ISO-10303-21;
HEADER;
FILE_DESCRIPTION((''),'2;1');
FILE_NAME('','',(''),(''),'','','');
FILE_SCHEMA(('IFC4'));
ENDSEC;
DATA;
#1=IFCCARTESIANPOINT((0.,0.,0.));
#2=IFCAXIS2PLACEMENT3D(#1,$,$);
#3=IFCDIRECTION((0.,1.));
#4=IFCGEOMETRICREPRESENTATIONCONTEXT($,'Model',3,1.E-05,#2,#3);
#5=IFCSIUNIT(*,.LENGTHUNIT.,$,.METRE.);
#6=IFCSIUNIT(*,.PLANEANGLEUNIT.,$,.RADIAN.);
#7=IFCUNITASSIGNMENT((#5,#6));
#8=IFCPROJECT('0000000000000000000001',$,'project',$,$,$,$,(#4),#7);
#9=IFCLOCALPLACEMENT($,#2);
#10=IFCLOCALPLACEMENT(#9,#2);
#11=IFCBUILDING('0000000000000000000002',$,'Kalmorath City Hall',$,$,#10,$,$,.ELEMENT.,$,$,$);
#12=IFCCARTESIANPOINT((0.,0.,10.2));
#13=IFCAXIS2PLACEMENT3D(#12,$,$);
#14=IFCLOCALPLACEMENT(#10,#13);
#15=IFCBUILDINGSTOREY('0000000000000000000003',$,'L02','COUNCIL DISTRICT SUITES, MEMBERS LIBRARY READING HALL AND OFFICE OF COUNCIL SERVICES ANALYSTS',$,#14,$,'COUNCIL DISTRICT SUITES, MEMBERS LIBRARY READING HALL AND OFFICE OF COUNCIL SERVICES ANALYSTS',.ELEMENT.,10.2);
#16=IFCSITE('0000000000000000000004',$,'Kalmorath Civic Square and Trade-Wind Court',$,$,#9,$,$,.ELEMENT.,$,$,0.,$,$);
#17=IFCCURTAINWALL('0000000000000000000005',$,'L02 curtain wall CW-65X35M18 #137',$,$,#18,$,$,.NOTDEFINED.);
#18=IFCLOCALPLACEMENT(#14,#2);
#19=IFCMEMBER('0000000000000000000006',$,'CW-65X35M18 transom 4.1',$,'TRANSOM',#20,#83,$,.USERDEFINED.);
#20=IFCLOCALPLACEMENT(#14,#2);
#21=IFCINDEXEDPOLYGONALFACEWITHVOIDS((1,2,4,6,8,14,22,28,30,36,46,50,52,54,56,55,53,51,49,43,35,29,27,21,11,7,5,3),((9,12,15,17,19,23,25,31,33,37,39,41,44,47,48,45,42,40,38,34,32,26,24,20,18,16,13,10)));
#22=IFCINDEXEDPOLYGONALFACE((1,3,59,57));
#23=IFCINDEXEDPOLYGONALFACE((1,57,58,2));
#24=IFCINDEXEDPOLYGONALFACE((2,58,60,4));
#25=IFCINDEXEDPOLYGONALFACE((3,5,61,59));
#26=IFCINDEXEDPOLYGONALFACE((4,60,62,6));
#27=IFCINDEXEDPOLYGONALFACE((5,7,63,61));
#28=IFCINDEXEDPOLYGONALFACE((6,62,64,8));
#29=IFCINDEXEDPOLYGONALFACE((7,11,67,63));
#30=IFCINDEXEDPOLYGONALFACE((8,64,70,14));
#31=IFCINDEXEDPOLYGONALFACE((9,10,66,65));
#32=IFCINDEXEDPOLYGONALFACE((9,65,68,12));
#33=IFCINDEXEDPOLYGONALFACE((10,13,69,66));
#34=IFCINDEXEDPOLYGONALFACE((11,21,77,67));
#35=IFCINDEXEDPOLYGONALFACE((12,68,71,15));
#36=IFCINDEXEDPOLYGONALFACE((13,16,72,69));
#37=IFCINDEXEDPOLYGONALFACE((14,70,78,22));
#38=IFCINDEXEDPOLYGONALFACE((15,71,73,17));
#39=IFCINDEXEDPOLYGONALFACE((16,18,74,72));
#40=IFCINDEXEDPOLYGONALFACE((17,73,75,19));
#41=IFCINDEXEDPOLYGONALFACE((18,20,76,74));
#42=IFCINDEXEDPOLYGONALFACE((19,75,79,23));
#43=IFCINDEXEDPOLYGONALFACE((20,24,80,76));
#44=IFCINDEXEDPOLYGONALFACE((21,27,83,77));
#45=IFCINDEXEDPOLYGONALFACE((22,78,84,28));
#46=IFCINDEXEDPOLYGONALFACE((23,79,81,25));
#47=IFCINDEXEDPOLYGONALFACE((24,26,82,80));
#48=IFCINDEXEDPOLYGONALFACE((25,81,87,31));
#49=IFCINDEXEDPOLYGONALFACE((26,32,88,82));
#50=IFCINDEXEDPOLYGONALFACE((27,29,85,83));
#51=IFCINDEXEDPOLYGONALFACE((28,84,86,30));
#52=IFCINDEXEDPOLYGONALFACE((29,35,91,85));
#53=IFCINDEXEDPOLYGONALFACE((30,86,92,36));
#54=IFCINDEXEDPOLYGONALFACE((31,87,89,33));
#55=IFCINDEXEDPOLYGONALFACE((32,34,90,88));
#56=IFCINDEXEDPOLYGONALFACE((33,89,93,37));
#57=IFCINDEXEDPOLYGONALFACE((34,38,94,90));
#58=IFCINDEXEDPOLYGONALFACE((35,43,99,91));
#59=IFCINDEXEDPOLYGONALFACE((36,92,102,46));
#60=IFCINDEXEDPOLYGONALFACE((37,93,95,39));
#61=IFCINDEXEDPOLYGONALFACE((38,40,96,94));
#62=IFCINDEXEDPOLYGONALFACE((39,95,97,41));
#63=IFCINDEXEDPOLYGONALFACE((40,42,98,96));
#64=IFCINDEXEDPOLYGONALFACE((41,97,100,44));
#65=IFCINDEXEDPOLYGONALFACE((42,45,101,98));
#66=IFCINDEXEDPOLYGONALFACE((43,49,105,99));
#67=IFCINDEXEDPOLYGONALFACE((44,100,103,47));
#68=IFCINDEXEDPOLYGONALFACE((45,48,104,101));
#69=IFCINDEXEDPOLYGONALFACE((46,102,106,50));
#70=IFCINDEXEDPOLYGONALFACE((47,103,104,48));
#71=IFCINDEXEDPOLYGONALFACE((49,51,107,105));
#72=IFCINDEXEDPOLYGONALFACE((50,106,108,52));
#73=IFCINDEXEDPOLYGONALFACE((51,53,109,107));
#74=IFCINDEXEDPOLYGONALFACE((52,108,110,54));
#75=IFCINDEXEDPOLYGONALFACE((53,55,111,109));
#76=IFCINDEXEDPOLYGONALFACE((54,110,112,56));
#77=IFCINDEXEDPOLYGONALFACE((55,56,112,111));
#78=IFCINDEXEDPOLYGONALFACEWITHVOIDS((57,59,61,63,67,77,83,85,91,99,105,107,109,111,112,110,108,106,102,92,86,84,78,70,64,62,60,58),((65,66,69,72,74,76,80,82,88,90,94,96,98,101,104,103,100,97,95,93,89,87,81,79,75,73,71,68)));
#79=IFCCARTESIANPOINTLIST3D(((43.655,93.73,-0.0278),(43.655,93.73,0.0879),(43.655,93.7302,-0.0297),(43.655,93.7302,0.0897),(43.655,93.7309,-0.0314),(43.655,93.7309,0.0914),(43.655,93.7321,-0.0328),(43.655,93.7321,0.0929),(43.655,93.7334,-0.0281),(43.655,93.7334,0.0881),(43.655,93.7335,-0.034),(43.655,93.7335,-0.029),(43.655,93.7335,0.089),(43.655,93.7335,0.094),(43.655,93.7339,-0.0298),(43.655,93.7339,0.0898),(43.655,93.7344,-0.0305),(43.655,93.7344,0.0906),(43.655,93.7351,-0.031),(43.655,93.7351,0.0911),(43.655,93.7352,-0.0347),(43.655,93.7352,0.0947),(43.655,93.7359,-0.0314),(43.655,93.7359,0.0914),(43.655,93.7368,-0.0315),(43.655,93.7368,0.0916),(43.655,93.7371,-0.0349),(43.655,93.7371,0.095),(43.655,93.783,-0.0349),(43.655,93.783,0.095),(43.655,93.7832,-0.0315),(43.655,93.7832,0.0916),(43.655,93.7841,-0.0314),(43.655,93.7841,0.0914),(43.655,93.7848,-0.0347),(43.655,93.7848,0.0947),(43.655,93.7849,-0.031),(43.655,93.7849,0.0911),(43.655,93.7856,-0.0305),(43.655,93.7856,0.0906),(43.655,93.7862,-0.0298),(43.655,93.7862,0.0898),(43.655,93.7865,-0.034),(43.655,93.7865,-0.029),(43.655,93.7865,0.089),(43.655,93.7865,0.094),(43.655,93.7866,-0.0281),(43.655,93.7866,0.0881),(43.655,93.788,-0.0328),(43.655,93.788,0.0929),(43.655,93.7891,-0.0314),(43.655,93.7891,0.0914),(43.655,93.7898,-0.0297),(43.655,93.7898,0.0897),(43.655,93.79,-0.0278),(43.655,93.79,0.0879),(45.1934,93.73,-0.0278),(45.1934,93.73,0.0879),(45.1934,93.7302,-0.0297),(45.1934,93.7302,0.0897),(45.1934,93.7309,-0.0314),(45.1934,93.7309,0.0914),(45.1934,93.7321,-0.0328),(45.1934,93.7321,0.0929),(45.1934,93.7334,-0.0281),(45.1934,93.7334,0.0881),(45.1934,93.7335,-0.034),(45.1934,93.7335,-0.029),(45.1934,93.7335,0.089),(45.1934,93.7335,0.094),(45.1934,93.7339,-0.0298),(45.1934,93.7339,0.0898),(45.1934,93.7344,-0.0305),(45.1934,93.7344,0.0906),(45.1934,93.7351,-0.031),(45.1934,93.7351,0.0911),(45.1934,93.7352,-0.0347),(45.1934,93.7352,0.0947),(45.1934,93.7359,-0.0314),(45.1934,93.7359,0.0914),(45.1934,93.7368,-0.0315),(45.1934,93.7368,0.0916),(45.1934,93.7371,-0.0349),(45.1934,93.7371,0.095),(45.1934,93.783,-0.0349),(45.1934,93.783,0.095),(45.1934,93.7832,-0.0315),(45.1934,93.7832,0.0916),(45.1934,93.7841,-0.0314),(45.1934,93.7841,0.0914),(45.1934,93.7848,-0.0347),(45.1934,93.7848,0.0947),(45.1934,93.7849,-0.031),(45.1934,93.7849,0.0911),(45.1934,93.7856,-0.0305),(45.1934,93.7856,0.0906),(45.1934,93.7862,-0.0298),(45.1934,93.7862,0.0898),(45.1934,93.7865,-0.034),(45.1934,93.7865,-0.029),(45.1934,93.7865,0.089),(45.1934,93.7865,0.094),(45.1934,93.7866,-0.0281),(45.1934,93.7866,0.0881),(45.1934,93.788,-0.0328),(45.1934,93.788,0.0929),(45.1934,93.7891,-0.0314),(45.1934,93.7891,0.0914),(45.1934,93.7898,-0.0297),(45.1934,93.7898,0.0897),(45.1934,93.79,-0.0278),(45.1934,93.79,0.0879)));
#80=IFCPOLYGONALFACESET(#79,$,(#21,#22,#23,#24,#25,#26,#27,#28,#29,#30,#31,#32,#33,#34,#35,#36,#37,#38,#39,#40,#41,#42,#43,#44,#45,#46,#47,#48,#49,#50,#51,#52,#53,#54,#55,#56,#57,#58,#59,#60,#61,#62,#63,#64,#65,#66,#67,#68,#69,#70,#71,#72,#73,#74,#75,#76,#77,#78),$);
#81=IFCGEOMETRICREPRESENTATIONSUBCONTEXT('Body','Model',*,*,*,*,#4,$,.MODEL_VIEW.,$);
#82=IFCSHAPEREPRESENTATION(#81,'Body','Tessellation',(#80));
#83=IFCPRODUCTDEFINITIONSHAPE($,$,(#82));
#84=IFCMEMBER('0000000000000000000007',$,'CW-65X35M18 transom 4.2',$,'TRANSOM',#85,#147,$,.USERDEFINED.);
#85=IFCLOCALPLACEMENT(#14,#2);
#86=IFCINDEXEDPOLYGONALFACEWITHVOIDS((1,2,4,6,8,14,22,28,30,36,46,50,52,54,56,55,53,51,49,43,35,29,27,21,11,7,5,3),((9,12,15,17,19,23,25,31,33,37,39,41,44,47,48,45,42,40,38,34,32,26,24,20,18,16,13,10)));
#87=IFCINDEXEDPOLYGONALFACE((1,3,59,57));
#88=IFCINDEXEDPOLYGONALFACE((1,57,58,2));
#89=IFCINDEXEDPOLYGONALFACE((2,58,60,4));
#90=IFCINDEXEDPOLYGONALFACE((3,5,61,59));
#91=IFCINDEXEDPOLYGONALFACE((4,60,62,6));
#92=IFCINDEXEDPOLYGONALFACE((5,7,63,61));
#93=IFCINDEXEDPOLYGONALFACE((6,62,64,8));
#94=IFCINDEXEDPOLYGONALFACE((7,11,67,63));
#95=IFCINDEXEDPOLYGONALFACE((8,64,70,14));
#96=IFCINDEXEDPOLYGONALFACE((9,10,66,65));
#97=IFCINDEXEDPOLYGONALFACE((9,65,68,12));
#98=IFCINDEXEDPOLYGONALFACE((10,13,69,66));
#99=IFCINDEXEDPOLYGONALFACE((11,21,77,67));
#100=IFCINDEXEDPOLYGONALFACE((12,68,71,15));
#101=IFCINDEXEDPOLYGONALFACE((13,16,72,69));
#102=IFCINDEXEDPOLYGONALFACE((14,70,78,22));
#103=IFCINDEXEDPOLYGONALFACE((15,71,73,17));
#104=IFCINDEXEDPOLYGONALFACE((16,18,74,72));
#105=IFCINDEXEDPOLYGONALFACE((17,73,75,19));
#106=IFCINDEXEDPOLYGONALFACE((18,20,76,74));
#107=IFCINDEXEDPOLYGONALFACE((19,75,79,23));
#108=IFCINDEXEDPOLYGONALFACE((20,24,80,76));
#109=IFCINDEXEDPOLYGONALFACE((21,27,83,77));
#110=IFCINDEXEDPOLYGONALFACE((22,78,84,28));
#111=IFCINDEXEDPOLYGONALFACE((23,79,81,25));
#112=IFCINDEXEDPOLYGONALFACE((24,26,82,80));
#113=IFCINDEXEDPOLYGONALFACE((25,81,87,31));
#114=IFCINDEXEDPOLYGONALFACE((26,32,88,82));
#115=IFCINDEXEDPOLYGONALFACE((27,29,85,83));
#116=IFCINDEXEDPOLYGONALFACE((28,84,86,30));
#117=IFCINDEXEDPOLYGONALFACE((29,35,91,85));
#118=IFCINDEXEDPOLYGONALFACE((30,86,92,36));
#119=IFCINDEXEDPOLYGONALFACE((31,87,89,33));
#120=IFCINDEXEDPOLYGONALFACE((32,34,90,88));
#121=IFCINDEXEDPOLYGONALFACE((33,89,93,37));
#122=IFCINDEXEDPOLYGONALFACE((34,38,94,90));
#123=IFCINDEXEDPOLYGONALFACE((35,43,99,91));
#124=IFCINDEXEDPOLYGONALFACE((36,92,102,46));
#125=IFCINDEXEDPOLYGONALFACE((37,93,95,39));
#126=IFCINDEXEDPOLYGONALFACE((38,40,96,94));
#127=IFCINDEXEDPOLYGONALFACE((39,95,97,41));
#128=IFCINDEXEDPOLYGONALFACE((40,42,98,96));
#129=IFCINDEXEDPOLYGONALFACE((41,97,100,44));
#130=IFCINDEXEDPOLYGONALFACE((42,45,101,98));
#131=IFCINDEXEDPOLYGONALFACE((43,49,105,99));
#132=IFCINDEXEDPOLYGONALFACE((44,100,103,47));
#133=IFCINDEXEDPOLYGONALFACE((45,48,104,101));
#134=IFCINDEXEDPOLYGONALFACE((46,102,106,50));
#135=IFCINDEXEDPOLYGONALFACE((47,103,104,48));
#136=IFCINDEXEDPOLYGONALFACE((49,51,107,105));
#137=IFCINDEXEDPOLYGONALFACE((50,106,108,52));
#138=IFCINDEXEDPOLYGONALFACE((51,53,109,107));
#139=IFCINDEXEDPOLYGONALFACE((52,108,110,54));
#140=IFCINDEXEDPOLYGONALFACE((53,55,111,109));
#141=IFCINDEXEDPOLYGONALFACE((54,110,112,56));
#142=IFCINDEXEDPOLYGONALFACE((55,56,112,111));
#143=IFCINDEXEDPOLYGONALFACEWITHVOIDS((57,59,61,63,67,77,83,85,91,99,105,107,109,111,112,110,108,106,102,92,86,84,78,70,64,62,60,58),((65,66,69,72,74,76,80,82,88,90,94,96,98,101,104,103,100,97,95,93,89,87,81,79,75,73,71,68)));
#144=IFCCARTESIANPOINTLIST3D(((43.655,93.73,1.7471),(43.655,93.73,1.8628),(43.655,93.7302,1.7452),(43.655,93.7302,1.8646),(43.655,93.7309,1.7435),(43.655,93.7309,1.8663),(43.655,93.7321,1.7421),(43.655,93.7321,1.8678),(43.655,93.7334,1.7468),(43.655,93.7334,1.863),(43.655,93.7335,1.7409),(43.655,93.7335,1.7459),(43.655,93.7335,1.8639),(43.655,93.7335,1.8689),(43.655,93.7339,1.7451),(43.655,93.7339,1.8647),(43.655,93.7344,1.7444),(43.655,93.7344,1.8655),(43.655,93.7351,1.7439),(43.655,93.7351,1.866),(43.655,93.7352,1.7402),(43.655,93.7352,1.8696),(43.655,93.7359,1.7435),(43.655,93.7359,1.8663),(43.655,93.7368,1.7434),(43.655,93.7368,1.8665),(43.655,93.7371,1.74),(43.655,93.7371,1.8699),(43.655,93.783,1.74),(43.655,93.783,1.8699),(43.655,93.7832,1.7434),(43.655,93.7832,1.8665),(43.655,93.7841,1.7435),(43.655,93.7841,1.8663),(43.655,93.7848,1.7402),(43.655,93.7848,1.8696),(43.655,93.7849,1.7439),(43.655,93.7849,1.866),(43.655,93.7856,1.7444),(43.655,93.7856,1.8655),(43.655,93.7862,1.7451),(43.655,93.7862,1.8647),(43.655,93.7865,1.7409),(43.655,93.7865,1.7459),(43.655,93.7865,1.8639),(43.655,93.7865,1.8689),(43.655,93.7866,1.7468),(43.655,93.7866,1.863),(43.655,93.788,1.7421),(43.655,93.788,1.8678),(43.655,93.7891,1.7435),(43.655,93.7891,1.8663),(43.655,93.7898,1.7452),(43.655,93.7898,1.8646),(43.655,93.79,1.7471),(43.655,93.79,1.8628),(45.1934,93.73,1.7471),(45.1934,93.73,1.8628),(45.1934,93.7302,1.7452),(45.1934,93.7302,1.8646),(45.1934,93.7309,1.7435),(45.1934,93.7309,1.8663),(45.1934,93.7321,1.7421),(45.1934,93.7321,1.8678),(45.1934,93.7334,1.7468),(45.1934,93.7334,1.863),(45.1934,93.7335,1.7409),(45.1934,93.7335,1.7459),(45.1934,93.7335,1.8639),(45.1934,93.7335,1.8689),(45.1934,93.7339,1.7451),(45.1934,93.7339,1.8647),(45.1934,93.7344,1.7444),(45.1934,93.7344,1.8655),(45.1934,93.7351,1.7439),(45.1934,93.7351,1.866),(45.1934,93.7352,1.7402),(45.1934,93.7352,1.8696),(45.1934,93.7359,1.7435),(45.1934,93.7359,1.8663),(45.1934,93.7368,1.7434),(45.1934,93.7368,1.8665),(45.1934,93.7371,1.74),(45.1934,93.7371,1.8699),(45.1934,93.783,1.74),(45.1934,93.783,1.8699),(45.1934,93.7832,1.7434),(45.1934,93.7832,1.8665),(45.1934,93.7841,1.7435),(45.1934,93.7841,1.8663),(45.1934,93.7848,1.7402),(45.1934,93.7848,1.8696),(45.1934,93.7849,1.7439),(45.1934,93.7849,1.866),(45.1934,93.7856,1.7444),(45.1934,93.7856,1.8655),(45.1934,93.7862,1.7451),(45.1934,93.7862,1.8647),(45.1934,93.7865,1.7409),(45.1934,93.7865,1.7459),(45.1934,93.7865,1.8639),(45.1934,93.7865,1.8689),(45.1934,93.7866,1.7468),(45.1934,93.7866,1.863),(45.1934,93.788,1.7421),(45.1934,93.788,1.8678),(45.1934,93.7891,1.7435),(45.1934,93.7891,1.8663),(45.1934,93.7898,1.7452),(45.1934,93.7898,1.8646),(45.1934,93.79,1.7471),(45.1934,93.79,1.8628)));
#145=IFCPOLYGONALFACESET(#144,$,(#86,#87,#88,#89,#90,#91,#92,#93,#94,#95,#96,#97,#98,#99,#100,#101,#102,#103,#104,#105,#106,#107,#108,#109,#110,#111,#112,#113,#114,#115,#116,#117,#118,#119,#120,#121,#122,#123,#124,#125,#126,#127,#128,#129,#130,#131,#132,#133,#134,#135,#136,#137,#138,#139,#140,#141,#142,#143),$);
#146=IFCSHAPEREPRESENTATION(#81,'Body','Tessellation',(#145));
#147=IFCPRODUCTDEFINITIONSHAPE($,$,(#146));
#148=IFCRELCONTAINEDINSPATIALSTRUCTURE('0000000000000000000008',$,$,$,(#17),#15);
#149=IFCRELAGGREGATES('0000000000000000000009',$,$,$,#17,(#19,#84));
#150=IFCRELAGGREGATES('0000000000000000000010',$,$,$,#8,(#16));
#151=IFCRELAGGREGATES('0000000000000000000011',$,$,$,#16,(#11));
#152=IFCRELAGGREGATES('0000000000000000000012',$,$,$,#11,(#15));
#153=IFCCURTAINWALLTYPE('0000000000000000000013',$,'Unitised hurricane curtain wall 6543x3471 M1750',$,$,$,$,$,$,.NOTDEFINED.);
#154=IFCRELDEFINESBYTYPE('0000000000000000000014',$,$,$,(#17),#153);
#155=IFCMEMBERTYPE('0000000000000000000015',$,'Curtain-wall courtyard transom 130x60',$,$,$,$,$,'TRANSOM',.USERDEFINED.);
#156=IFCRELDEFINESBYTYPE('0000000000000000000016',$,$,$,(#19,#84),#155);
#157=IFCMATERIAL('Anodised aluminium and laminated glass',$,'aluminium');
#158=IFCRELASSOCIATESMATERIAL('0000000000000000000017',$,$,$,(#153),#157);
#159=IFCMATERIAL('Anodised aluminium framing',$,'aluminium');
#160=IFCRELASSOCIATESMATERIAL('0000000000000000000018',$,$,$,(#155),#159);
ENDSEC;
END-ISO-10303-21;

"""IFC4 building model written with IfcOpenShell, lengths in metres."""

from ifc_helpers import new_model, si_unit, direction, frame, origin, origin_2d, place, context, subcontext, project, spatial, hollow_rectangle, extrude, material, material_profile, profile_set, type_object, element, aggregate, save


model = new_model("IFC4")

# Units and contexts
model_context = context("Model", 3, precision=1e-05, world=origin(), true_north=direction((0.0, 1.0)))
body_context = subcontext(model_context, "Body", "Model", "MODEL_VIEW")
ifc_project = project(units=[si_unit("LENGTHUNIT", "METRE"), si_unit("PLANEANGLEUNIT", "RADIAN")], contexts=[model_context])

# Site, building, storey
site_placement = place(None, origin())
site = spatial("IfcSite", under=ifc_project, at=site_placement, Name="Kalmorath Civic Square and Trade-Wind Court", CompositionType="ELEMENT", RefElevation=0.0)
building_placement = place(site_placement, origin())
building = spatial("IfcBuilding", under=site, at=building_placement, Name="Kalmorath City Hall", CompositionType="ELEMENT")
storey_placement = place(building_placement, frame((0.0, 0.0, 10.2)))
storey = spatial("IfcBuildingStorey", under=building, at=storey_placement, Name="L02", Description="COUNCIL DISTRICT SUITES, MEMBERS LIBRARY READING HALL AND OFFICE OF COUNCIL SERVICES ANALYSTS", LongName="COUNCIL DISTRICT SUITES, MEMBERS LIBRARY READING HALL AND OFFICE OF COUNCIL SERVICES ANALYSTS", CompositionType="ELEMENT", Elevation=10.2)

# Curtain wall
ifc_material_1 = material(Name="Anodised aluminium and laminated glass", Category="aluminium")
curtain_wall_type_1 = type_object("IfcCurtainWallType", Name="Unitised hurricane curtain wall 6543x3471 M1750", PredefinedType="NOTDEFINED", material=ifc_material_1)
curtain_wall_1_placement = place(storey_placement, origin())
curtain_wall_1 = element("IfcCurtainWall", 1, at=curtain_wall_1_placement, inside=storey, type_object=curtain_wall_type_1, Name="L02 curtain wall CW-65X35M18 #137", PredefinedType="NOTDEFINED")

# Members
ifc_material_2 = material(Name="Anodised aluminium framing", Category="aluminium")
ifc_material_profile_1 = material_profile(ifc_material_2, hollow_rectangle(XDim=0.0601, YDim=0.1299, WallThickness=0.0034, InnerFilletRadius=0.0034, OuterFilletRadius=0.0071, at=origin_2d()), Name="ALU-TRN-130X60X3.5")
ifc_profile_set_1 = profile_set([ifc_material_profile_1], Name="Anodised aluminium framing")
member_type_1 = type_object("IfcMemberType", Name="Curtain-wall courtyard transom 130x60", ElementType="TRANSOM", PredefinedType="USERDEFINED", material=ifc_profile_set_1)
member_1_placement = place(storey_placement, frame((45.1934, 93.76, 0.03), z_axis=(-1.0, 0.0, 0.0), x_axis=(0.0, -1.0, 0.0)))
member_1 = element("IfcMember", 2, at=member_1_placement, type_object=member_type_1, Name="CW-65X35M18 transom 4.1", ObjectType="TRANSOM", PredefinedType="USERDEFINED", context=body_context, shape_type="SweptSolid", body=[
    extrude(hollow_rectangle(XDim=0.0601, YDim=0.1299, WallThickness=0.0034, InnerFilletRadius=0.0034, OuterFilletRadius=0.0071, at=origin_2d()), origin(), (0.0, 0.0, 1.0), 1.5383),
])
member_2_placement = place(storey_placement, frame((45.1934, 93.76, 1.8049), z_axis=(-1.0, 0.0, 0.0), x_axis=(0.0, -1.0, 0.0)))
member_2 = element("IfcMember", 3, at=member_2_placement, type_object=member_type_1, Name="CW-65X35M18 transom 4.2", ObjectType="TRANSOM", PredefinedType="USERDEFINED", context=body_context, shape_type="SweptSolid", body=[
    extrude(hollow_rectangle(XDim=0.0601, YDim=0.1299, WallThickness=0.0034, InnerFilletRadius=0.0034, OuterFilletRadius=0.0071, at=origin_2d()), origin(), (0.0, 0.0, 1.0), 1.5383),
])

aggregate(curtain_wall_1, [member_1, member_2])

save(model, "model.ifc")
